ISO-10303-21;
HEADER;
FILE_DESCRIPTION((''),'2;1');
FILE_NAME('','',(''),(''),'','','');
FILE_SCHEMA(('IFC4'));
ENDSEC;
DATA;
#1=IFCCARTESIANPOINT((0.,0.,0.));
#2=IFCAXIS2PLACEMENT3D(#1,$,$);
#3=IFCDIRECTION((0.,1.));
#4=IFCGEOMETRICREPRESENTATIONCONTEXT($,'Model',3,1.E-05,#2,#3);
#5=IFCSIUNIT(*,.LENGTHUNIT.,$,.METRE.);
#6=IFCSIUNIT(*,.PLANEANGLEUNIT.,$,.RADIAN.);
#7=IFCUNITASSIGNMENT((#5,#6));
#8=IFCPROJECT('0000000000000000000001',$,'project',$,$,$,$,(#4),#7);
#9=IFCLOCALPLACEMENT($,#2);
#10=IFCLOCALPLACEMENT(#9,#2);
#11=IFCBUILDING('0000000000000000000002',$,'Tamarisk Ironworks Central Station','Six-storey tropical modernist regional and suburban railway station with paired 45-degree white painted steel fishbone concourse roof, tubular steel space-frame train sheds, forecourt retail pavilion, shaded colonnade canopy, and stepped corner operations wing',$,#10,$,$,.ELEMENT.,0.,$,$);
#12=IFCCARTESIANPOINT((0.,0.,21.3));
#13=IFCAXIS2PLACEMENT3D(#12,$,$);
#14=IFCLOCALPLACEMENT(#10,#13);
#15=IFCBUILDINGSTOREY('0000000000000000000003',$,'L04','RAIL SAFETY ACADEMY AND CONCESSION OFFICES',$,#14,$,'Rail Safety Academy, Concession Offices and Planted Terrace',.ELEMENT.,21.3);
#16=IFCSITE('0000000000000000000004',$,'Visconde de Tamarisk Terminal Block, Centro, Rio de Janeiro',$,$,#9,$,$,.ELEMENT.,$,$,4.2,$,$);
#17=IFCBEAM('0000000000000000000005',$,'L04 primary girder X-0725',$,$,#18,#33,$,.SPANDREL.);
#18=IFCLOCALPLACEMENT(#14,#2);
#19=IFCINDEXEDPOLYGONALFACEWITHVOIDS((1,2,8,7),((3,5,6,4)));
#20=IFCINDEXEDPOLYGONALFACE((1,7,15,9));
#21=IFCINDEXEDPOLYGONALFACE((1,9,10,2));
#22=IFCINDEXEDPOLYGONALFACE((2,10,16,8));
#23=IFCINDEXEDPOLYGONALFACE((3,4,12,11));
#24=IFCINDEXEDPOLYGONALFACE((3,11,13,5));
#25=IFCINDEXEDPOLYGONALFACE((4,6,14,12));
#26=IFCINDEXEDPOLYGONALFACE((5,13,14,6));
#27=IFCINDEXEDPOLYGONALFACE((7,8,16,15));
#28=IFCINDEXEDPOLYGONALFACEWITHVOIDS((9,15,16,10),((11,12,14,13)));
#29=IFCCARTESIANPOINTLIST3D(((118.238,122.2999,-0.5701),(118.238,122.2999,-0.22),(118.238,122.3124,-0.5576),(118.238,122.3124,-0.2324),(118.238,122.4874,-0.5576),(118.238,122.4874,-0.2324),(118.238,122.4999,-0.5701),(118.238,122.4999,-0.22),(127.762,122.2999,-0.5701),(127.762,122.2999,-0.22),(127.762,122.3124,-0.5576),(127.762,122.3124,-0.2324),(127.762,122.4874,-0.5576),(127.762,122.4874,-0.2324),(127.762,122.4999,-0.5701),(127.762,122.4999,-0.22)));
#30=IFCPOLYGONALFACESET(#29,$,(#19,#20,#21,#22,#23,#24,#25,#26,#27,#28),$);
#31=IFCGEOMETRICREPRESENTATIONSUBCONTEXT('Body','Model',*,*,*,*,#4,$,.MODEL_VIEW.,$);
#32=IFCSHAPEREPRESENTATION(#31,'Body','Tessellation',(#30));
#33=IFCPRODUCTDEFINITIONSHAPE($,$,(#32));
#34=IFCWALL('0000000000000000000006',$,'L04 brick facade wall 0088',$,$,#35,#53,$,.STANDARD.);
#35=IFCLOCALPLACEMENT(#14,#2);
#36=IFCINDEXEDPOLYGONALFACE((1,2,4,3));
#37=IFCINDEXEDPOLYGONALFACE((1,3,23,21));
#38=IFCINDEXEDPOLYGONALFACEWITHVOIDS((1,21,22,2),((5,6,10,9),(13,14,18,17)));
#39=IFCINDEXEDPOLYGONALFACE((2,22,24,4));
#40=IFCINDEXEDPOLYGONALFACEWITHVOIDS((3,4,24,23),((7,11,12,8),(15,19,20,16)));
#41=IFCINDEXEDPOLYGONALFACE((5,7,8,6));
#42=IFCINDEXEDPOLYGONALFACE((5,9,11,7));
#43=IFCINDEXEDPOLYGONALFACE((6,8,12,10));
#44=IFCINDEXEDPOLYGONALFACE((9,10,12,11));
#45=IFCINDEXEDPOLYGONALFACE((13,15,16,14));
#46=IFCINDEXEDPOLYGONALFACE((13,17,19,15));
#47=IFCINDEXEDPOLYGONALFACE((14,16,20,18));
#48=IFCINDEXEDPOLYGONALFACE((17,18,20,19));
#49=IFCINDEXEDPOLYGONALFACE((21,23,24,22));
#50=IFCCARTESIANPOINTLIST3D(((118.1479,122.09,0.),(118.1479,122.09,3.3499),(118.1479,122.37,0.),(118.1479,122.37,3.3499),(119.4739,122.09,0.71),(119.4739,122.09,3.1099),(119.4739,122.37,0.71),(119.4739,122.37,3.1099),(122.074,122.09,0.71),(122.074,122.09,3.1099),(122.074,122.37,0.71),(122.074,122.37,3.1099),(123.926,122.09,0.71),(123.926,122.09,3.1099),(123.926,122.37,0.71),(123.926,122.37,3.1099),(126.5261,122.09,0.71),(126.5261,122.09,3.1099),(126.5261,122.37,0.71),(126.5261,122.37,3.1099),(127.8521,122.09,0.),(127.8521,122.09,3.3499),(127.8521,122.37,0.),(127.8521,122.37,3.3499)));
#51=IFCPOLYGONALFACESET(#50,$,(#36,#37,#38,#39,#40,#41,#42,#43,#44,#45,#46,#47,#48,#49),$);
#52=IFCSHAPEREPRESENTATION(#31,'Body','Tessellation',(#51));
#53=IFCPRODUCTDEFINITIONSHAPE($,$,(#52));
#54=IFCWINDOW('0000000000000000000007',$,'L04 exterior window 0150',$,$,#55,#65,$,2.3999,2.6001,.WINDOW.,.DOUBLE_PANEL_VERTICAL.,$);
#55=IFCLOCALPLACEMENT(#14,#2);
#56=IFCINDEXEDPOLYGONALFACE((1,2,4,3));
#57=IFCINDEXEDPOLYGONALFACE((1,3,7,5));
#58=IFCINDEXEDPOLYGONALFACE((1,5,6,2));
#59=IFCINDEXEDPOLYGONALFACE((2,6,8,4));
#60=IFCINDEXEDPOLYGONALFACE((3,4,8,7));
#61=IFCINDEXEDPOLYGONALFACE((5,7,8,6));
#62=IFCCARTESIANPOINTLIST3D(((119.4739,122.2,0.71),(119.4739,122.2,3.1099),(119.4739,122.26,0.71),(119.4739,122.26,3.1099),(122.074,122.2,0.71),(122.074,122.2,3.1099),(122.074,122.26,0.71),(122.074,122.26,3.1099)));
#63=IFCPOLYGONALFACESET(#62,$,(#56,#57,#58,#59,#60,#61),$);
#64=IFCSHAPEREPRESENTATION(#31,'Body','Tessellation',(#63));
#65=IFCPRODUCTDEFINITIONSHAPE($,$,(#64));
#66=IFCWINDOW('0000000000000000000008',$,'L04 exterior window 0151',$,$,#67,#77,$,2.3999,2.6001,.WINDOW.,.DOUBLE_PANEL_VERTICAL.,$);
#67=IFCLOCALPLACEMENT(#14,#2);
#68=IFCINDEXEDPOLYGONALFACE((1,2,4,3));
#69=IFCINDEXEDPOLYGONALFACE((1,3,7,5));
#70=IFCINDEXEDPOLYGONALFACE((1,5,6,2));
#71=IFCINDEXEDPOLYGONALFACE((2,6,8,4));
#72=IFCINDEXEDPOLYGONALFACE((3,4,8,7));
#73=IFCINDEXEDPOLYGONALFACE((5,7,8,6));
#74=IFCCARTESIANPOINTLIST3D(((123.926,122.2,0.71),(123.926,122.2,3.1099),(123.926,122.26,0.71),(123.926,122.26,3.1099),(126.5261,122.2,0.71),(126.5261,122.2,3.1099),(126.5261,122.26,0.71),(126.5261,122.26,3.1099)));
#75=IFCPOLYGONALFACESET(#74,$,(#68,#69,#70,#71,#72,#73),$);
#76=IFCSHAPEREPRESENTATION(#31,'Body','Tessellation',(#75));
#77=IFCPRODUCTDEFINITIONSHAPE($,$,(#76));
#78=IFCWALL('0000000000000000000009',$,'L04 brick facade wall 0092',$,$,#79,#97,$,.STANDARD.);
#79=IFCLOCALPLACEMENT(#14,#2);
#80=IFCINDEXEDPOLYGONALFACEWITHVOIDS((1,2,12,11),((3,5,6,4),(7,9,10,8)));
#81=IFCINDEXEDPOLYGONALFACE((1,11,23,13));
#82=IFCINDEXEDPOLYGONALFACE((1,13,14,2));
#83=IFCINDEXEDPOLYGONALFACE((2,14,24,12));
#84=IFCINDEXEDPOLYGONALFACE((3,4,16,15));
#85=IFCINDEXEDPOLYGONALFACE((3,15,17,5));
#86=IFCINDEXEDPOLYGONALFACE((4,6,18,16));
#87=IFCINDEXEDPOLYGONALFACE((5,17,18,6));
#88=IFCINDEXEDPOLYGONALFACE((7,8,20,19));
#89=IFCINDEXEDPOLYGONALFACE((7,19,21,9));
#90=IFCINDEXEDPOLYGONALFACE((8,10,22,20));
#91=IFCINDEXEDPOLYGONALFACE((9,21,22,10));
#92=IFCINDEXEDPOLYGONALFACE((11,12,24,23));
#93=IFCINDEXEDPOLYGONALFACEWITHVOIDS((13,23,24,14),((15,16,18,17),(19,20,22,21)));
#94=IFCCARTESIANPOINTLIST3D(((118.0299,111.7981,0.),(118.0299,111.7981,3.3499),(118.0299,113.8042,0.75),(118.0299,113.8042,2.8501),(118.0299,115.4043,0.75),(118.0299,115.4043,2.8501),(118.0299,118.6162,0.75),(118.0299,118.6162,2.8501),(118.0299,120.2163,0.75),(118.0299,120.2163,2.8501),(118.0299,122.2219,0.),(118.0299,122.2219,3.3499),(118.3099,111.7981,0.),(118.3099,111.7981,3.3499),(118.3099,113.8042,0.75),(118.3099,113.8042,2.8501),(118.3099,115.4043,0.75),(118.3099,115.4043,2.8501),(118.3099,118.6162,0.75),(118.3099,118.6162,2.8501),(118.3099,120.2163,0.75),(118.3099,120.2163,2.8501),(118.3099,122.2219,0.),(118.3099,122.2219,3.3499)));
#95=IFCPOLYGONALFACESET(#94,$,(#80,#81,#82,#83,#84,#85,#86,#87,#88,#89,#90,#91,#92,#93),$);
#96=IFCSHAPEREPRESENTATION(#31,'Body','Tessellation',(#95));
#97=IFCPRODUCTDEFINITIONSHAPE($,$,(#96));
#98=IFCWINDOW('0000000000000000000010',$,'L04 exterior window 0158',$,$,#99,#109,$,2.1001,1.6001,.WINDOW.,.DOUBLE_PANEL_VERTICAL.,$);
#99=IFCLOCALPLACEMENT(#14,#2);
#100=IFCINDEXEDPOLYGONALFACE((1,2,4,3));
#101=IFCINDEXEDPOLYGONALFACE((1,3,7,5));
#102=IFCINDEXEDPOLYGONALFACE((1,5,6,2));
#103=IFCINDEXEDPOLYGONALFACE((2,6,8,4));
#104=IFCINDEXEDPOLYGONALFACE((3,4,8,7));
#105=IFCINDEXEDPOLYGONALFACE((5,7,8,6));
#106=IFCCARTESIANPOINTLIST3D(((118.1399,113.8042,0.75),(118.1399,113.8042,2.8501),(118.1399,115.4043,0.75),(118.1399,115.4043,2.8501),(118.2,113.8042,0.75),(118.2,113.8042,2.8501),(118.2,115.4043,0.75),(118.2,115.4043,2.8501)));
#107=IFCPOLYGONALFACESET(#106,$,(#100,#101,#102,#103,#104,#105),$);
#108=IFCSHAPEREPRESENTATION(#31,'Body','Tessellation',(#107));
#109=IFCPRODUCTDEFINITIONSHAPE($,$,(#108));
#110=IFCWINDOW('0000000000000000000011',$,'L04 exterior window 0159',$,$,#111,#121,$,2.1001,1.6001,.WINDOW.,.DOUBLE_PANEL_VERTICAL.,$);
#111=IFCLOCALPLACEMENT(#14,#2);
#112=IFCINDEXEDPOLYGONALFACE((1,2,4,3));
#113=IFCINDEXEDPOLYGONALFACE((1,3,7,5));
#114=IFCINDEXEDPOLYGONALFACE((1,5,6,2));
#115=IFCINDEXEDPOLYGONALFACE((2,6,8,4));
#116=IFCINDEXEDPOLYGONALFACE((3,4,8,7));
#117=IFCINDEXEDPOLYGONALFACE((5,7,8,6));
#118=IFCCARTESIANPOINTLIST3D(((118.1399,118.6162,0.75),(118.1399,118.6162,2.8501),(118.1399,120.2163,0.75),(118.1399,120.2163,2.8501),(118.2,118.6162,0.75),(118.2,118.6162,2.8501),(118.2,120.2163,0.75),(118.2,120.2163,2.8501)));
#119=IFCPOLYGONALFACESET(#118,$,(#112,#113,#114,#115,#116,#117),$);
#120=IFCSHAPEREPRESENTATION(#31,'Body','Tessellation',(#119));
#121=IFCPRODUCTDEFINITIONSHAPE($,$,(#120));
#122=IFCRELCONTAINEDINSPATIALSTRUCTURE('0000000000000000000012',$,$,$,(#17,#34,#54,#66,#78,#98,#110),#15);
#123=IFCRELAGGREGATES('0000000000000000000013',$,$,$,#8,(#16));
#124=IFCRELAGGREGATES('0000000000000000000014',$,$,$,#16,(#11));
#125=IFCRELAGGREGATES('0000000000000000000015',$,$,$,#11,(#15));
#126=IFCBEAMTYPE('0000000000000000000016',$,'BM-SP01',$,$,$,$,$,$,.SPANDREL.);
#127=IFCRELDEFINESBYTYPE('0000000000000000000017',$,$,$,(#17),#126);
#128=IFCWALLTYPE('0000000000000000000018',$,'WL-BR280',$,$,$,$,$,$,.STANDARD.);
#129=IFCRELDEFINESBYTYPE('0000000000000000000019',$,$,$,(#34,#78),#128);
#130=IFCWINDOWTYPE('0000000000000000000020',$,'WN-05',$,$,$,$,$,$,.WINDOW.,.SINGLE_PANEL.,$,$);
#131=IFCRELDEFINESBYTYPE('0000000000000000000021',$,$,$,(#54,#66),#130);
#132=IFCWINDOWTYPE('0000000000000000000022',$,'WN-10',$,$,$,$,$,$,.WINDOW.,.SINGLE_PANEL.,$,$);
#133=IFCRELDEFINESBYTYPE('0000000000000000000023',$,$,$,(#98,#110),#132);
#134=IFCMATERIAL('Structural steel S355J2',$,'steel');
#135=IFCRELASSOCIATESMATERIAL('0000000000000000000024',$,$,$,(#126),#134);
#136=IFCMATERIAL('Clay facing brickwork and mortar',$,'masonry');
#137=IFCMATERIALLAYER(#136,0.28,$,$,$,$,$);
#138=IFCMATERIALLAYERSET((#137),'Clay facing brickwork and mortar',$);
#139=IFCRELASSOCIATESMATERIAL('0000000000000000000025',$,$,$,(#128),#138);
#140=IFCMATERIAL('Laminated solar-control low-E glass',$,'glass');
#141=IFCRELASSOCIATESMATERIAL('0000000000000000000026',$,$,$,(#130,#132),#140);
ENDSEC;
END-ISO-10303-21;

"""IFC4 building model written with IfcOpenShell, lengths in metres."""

from ifc_helpers import new_model, si_unit, direction, frame, frame_2d, origin, origin_2d, place, context, subcontext, project, spatial, rectangle, hollow_rectangle, extrude, material, layer, layer_set, material_profile, profile_set, type_object, element, fill, save


model = new_model("IFC4")

# Units and contexts
model_context = context("Model", 3, precision=1e-05, world=origin(), true_north=direction((0.0, 1.0)))
body_context = subcontext(model_context, "Body", "Model", "MODEL_VIEW")
ifc_project = project(units=[si_unit("LENGTHUNIT", "METRE"), si_unit("PLANEANGLEUNIT", "RADIAN")], contexts=[model_context])

# Site, building, storey
site_placement = place(None, origin())
site = spatial("IfcSite", under=ifc_project, at=site_placement, Name="Visconde de Tamarisk Terminal Block, Centro, Rio de Janeiro", CompositionType="ELEMENT", RefElevation=4.2)
building_placement = place(site_placement, origin())
building = spatial("IfcBuilding", under=site, at=building_placement, Name="Tamarisk Ironworks Central Station", Description="Six-storey tropical modernist regional and suburban railway station with paired 45-degree white painted steel fishbone concourse roof, tubular steel space-frame train sheds, forecourt retail pavilion, shaded colonnade canopy, and stepped corner operations wing", CompositionType="ELEMENT", ElevationOfRefHeight=0.0)
storey_placement = place(building_placement, frame((0.0, 0.0, 21.3)))
storey = spatial("IfcBuildingStorey", under=building, at=storey_placement, Name="L04", Description="RAIL SAFETY ACADEMY AND CONCESSION OFFICES", LongName="Rail Safety Academy, Concession Offices and Planted Terrace", CompositionType="ELEMENT", Elevation=21.3)

# Shared definitions
ifc_material_1 = material(Name="Structural steel S355J2", Category="steel")

# Beam
ifc_material_profile_1 = material_profile(ifc_material_1, hollow_rectangle(XDim=0.2, YDim=0.3501, WallThickness=0.0125, at=origin_2d()), Name="RHS 350x200x12.5")
ifc_profile_set_1 = profile_set([ifc_material_profile_1], Name="Structural steel S355J2")
beam_type_1 = type_object("IfcBeamType", Name="BM-SP01", PredefinedType="SPANDREL", material=ifc_profile_set_1)
beam_1_placement = place(storey_placement, frame((118.238, 122.3999, -0.395), z_axis=(1.0, 0.0, 0.0), x_axis=(0.0, 1.0, 0.0)))
element("IfcBeam", 1, at=beam_1_placement, inside=storey, type_object=beam_type_1, Name="L04 primary girder X-0725", PredefinedType="SPANDREL", context=body_context, shape_type="SweptSolid", body=[
    extrude(hollow_rectangle(XDim=0.2, YDim=0.3501, WallThickness=0.0125, at=origin_2d()), origin(), (0.0, 0.0, 1.0), 9.5239),
])

# Walls, openings, windows
ifc_material_2 = material(Name="Clay facing brickwork and mortar", Category="masonry")
ifc_layer_1 = layer(ifc_material_2, 0.28)
ifc_layer_set_1 = layer_set([ifc_layer_1], Name="Clay facing brickwork and mortar")
wall_type_1 = type_object("IfcWallType", Name="WL-BR280", PredefinedType="STANDARD", material=ifc_layer_set_1)
wall_1_placement = place(storey_placement, frame((118.1479, 122.23, 0.0), z_axis=(0.0, 0.0, 1.0), x_axis=(1.0, 0.0, 0.0)))
wall_1 = element("IfcWall", 2, at=wall_1_placement, inside=storey, type_object=wall_type_1, Name="L04 brick facade wall 0088", PredefinedType="STANDARD", context=body_context, shape_type="SweptSolid", body=[
    extrude(rectangle(XDim=9.7041, YDim=0.28, at=frame_2d((4.8521, 0.0))), origin(), (0.0, 0.0, 1.0), 3.3499),
])
opening_1_placement = place(wall_1_placement, frame((1.3259, 0.0, 0.71)))
opening_1 = element("IfcOpeningElement", 3, at=opening_1_placement, cuts=wall_1, PredefinedType="OPENING", context=body_context, shape_type="SweptSolid", body=[
    extrude(rectangle(XDim=2.6001, YDim=2.3999, at=frame_2d((1.3, 1.2))), frame((0.0, 0.1519, 0.0), z_axis=(0.0, -1.0, 0.0), x_axis=(1.0, 0.0, 0.0)), (0.0, 0.0, 1.0), 0.304),
])
opening_2_placement = place(wall_1_placement, frame((5.7781, 0.0, 0.71)))
opening_2 = element("IfcOpeningElement", 4, at=opening_2_placement, cuts=wall_1, PredefinedType="OPENING", context=body_context, shape_type="SweptSolid", body=[
    extrude(rectangle(XDim=2.6001, YDim=2.3999, at=frame_2d((1.3, 1.2))), frame((0.0, 0.1519, 0.0), z_axis=(0.0, -1.0, 0.0), x_axis=(1.0, 0.0, 0.0)), (0.0, 0.0, 1.0), 0.304),
])
ifc_material_3 = material(Name="Laminated solar-control low-E glass", Category="glass")
window_type_1 = type_object("IfcWindowType", Name="WN-05", PartitioningType="SINGLE_PANEL", PredefinedType="WINDOW", material=ifc_material_3)
window_1_placement = place(opening_1_placement, origin())
window_1 = element("IfcWindow", 5, at=window_1_placement, inside=storey, type_object=window_type_1, Name="L04 exterior window 0150", OverallHeight=2.3999, OverallWidth=2.6001, PartitioningType="DOUBLE_PANEL_VERTICAL", PredefinedType="WINDOW", context=body_context, shape_type="SweptSolid", body=[
    extrude(rectangle(XDim=2.6001, YDim=2.3999, at=frame_2d((1.3, 1.2))), frame((0.0, 0.03, 0.0), z_axis=(0.0, -1.0, 0.0), x_axis=(1.0, 0.0, 0.0)), (0.0, 0.0, 1.0), 0.0601),
])
fill(opening_1, window_1)
window_2_placement = place(opening_2_placement, origin())
window_2 = element("IfcWindow", 6, at=window_2_placement, inside=storey, type_object=window_type_1, Name="L04 exterior window 0151", OverallHeight=2.3999, OverallWidth=2.6001, PartitioningType="DOUBLE_PANEL_VERTICAL", PredefinedType="WINDOW", context=body_context, shape_type="SweptSolid", body=[
    extrude(rectangle(XDim=2.6001, YDim=2.3999, at=frame_2d((1.3, 1.2))), frame((0.0, 0.03, 0.0), z_axis=(0.0, -1.0, 0.0), x_axis=(1.0, 0.0, 0.0)), (0.0, 0.0, 1.0), 0.0601),
])
fill(opening_2, window_2)
wall_2_placement = place(storey_placement, frame((118.1699, 111.7981, 0.0), z_axis=(0.0, 0.0, 1.0), x_axis=(0.0, 1.0, 0.0)))
wall_2 = element("IfcWall", 7, at=wall_2_placement, inside=storey, type_object=wall_type_1, Name="L04 brick facade wall 0092", PredefinedType="STANDARD", context=body_context, shape_type="SweptSolid", body=[
    extrude(rectangle(XDim=10.4238, YDim=0.28, at=frame_2d((5.2119, 0.0))), origin(), (0.0, 0.0, 1.0), 3.3499),
])
opening_3_placement = place(wall_2_placement, frame((2.0061, 0.0, 0.75)))
opening_3 = element("IfcOpeningElement", 8, at=opening_3_placement, cuts=wall_2, PredefinedType="OPENING", context=body_context, shape_type="SweptSolid", body=[
    extrude(rectangle(XDim=1.6001, YDim=2.1001, at=frame_2d((0.8, 1.05))), frame((0.0, 0.1519, 0.0), z_axis=(0.0, -1.0, 0.0), x_axis=(1.0, 0.0, 0.0)), (0.0, 0.0, 1.0), 0.304),
])
opening_4_placement = place(wall_2_placement, frame((6.8181, 0.0, 0.75)))
opening_4 = element("IfcOpeningElement", 9, at=opening_4_placement, cuts=wall_2, PredefinedType="OPENING", context=body_context, shape_type="SweptSolid", body=[
    extrude(rectangle(XDim=1.6001, YDim=2.1001, at=frame_2d((0.8, 1.05))), frame((0.0, 0.1519, 0.0), z_axis=(0.0, -1.0, 0.0), x_axis=(1.0, 0.0, 0.0)), (0.0, 0.0, 1.0), 0.304),
])
window_type_2 = type_object("IfcWindowType", Name="WN-10", PartitioningType="SINGLE_PANEL", PredefinedType="WINDOW", material=ifc_material_3)
window_3_placement = place(opening_3_placement, origin())
window_3 = element("IfcWindow", 10, at=window_3_placement, inside=storey, type_object=window_type_2, Name="L04 exterior window 0158", OverallHeight=2.1001, OverallWidth=1.6001, PartitioningType="DOUBLE_PANEL_VERTICAL", PredefinedType="WINDOW", context=body_context, shape_type="SweptSolid", body=[
    extrude(rectangle(XDim=1.6001, YDim=2.1001, at=frame_2d((0.8, 1.05))), frame((0.0, 0.03, 0.0), z_axis=(0.0, -1.0, 0.0), x_axis=(1.0, 0.0, 0.0)), (0.0, 0.0, 1.0), 0.0601),
])
fill(opening_3, window_3)
window_4_placement = place(opening_4_placement, origin())
window_4 = element("IfcWindow", 11, at=window_4_placement, inside=storey, type_object=window_type_2, Name="L04 exterior window 0159", OverallHeight=2.1001, OverallWidth=1.6001, PartitioningType="DOUBLE_PANEL_VERTICAL", PredefinedType="WINDOW", context=body_context, shape_type="SweptSolid", body=[
    extrude(rectangle(XDim=1.6001, YDim=2.1001, at=frame_2d((0.8, 1.05))), frame((0.0, 0.03, 0.0), z_axis=(0.0, -1.0, 0.0), x_axis=(1.0, 0.0, 0.0)), (0.0, 0.0, 1.0), 0.0601),
])
fill(opening_4, window_4)

save(model, "model.ifc")
